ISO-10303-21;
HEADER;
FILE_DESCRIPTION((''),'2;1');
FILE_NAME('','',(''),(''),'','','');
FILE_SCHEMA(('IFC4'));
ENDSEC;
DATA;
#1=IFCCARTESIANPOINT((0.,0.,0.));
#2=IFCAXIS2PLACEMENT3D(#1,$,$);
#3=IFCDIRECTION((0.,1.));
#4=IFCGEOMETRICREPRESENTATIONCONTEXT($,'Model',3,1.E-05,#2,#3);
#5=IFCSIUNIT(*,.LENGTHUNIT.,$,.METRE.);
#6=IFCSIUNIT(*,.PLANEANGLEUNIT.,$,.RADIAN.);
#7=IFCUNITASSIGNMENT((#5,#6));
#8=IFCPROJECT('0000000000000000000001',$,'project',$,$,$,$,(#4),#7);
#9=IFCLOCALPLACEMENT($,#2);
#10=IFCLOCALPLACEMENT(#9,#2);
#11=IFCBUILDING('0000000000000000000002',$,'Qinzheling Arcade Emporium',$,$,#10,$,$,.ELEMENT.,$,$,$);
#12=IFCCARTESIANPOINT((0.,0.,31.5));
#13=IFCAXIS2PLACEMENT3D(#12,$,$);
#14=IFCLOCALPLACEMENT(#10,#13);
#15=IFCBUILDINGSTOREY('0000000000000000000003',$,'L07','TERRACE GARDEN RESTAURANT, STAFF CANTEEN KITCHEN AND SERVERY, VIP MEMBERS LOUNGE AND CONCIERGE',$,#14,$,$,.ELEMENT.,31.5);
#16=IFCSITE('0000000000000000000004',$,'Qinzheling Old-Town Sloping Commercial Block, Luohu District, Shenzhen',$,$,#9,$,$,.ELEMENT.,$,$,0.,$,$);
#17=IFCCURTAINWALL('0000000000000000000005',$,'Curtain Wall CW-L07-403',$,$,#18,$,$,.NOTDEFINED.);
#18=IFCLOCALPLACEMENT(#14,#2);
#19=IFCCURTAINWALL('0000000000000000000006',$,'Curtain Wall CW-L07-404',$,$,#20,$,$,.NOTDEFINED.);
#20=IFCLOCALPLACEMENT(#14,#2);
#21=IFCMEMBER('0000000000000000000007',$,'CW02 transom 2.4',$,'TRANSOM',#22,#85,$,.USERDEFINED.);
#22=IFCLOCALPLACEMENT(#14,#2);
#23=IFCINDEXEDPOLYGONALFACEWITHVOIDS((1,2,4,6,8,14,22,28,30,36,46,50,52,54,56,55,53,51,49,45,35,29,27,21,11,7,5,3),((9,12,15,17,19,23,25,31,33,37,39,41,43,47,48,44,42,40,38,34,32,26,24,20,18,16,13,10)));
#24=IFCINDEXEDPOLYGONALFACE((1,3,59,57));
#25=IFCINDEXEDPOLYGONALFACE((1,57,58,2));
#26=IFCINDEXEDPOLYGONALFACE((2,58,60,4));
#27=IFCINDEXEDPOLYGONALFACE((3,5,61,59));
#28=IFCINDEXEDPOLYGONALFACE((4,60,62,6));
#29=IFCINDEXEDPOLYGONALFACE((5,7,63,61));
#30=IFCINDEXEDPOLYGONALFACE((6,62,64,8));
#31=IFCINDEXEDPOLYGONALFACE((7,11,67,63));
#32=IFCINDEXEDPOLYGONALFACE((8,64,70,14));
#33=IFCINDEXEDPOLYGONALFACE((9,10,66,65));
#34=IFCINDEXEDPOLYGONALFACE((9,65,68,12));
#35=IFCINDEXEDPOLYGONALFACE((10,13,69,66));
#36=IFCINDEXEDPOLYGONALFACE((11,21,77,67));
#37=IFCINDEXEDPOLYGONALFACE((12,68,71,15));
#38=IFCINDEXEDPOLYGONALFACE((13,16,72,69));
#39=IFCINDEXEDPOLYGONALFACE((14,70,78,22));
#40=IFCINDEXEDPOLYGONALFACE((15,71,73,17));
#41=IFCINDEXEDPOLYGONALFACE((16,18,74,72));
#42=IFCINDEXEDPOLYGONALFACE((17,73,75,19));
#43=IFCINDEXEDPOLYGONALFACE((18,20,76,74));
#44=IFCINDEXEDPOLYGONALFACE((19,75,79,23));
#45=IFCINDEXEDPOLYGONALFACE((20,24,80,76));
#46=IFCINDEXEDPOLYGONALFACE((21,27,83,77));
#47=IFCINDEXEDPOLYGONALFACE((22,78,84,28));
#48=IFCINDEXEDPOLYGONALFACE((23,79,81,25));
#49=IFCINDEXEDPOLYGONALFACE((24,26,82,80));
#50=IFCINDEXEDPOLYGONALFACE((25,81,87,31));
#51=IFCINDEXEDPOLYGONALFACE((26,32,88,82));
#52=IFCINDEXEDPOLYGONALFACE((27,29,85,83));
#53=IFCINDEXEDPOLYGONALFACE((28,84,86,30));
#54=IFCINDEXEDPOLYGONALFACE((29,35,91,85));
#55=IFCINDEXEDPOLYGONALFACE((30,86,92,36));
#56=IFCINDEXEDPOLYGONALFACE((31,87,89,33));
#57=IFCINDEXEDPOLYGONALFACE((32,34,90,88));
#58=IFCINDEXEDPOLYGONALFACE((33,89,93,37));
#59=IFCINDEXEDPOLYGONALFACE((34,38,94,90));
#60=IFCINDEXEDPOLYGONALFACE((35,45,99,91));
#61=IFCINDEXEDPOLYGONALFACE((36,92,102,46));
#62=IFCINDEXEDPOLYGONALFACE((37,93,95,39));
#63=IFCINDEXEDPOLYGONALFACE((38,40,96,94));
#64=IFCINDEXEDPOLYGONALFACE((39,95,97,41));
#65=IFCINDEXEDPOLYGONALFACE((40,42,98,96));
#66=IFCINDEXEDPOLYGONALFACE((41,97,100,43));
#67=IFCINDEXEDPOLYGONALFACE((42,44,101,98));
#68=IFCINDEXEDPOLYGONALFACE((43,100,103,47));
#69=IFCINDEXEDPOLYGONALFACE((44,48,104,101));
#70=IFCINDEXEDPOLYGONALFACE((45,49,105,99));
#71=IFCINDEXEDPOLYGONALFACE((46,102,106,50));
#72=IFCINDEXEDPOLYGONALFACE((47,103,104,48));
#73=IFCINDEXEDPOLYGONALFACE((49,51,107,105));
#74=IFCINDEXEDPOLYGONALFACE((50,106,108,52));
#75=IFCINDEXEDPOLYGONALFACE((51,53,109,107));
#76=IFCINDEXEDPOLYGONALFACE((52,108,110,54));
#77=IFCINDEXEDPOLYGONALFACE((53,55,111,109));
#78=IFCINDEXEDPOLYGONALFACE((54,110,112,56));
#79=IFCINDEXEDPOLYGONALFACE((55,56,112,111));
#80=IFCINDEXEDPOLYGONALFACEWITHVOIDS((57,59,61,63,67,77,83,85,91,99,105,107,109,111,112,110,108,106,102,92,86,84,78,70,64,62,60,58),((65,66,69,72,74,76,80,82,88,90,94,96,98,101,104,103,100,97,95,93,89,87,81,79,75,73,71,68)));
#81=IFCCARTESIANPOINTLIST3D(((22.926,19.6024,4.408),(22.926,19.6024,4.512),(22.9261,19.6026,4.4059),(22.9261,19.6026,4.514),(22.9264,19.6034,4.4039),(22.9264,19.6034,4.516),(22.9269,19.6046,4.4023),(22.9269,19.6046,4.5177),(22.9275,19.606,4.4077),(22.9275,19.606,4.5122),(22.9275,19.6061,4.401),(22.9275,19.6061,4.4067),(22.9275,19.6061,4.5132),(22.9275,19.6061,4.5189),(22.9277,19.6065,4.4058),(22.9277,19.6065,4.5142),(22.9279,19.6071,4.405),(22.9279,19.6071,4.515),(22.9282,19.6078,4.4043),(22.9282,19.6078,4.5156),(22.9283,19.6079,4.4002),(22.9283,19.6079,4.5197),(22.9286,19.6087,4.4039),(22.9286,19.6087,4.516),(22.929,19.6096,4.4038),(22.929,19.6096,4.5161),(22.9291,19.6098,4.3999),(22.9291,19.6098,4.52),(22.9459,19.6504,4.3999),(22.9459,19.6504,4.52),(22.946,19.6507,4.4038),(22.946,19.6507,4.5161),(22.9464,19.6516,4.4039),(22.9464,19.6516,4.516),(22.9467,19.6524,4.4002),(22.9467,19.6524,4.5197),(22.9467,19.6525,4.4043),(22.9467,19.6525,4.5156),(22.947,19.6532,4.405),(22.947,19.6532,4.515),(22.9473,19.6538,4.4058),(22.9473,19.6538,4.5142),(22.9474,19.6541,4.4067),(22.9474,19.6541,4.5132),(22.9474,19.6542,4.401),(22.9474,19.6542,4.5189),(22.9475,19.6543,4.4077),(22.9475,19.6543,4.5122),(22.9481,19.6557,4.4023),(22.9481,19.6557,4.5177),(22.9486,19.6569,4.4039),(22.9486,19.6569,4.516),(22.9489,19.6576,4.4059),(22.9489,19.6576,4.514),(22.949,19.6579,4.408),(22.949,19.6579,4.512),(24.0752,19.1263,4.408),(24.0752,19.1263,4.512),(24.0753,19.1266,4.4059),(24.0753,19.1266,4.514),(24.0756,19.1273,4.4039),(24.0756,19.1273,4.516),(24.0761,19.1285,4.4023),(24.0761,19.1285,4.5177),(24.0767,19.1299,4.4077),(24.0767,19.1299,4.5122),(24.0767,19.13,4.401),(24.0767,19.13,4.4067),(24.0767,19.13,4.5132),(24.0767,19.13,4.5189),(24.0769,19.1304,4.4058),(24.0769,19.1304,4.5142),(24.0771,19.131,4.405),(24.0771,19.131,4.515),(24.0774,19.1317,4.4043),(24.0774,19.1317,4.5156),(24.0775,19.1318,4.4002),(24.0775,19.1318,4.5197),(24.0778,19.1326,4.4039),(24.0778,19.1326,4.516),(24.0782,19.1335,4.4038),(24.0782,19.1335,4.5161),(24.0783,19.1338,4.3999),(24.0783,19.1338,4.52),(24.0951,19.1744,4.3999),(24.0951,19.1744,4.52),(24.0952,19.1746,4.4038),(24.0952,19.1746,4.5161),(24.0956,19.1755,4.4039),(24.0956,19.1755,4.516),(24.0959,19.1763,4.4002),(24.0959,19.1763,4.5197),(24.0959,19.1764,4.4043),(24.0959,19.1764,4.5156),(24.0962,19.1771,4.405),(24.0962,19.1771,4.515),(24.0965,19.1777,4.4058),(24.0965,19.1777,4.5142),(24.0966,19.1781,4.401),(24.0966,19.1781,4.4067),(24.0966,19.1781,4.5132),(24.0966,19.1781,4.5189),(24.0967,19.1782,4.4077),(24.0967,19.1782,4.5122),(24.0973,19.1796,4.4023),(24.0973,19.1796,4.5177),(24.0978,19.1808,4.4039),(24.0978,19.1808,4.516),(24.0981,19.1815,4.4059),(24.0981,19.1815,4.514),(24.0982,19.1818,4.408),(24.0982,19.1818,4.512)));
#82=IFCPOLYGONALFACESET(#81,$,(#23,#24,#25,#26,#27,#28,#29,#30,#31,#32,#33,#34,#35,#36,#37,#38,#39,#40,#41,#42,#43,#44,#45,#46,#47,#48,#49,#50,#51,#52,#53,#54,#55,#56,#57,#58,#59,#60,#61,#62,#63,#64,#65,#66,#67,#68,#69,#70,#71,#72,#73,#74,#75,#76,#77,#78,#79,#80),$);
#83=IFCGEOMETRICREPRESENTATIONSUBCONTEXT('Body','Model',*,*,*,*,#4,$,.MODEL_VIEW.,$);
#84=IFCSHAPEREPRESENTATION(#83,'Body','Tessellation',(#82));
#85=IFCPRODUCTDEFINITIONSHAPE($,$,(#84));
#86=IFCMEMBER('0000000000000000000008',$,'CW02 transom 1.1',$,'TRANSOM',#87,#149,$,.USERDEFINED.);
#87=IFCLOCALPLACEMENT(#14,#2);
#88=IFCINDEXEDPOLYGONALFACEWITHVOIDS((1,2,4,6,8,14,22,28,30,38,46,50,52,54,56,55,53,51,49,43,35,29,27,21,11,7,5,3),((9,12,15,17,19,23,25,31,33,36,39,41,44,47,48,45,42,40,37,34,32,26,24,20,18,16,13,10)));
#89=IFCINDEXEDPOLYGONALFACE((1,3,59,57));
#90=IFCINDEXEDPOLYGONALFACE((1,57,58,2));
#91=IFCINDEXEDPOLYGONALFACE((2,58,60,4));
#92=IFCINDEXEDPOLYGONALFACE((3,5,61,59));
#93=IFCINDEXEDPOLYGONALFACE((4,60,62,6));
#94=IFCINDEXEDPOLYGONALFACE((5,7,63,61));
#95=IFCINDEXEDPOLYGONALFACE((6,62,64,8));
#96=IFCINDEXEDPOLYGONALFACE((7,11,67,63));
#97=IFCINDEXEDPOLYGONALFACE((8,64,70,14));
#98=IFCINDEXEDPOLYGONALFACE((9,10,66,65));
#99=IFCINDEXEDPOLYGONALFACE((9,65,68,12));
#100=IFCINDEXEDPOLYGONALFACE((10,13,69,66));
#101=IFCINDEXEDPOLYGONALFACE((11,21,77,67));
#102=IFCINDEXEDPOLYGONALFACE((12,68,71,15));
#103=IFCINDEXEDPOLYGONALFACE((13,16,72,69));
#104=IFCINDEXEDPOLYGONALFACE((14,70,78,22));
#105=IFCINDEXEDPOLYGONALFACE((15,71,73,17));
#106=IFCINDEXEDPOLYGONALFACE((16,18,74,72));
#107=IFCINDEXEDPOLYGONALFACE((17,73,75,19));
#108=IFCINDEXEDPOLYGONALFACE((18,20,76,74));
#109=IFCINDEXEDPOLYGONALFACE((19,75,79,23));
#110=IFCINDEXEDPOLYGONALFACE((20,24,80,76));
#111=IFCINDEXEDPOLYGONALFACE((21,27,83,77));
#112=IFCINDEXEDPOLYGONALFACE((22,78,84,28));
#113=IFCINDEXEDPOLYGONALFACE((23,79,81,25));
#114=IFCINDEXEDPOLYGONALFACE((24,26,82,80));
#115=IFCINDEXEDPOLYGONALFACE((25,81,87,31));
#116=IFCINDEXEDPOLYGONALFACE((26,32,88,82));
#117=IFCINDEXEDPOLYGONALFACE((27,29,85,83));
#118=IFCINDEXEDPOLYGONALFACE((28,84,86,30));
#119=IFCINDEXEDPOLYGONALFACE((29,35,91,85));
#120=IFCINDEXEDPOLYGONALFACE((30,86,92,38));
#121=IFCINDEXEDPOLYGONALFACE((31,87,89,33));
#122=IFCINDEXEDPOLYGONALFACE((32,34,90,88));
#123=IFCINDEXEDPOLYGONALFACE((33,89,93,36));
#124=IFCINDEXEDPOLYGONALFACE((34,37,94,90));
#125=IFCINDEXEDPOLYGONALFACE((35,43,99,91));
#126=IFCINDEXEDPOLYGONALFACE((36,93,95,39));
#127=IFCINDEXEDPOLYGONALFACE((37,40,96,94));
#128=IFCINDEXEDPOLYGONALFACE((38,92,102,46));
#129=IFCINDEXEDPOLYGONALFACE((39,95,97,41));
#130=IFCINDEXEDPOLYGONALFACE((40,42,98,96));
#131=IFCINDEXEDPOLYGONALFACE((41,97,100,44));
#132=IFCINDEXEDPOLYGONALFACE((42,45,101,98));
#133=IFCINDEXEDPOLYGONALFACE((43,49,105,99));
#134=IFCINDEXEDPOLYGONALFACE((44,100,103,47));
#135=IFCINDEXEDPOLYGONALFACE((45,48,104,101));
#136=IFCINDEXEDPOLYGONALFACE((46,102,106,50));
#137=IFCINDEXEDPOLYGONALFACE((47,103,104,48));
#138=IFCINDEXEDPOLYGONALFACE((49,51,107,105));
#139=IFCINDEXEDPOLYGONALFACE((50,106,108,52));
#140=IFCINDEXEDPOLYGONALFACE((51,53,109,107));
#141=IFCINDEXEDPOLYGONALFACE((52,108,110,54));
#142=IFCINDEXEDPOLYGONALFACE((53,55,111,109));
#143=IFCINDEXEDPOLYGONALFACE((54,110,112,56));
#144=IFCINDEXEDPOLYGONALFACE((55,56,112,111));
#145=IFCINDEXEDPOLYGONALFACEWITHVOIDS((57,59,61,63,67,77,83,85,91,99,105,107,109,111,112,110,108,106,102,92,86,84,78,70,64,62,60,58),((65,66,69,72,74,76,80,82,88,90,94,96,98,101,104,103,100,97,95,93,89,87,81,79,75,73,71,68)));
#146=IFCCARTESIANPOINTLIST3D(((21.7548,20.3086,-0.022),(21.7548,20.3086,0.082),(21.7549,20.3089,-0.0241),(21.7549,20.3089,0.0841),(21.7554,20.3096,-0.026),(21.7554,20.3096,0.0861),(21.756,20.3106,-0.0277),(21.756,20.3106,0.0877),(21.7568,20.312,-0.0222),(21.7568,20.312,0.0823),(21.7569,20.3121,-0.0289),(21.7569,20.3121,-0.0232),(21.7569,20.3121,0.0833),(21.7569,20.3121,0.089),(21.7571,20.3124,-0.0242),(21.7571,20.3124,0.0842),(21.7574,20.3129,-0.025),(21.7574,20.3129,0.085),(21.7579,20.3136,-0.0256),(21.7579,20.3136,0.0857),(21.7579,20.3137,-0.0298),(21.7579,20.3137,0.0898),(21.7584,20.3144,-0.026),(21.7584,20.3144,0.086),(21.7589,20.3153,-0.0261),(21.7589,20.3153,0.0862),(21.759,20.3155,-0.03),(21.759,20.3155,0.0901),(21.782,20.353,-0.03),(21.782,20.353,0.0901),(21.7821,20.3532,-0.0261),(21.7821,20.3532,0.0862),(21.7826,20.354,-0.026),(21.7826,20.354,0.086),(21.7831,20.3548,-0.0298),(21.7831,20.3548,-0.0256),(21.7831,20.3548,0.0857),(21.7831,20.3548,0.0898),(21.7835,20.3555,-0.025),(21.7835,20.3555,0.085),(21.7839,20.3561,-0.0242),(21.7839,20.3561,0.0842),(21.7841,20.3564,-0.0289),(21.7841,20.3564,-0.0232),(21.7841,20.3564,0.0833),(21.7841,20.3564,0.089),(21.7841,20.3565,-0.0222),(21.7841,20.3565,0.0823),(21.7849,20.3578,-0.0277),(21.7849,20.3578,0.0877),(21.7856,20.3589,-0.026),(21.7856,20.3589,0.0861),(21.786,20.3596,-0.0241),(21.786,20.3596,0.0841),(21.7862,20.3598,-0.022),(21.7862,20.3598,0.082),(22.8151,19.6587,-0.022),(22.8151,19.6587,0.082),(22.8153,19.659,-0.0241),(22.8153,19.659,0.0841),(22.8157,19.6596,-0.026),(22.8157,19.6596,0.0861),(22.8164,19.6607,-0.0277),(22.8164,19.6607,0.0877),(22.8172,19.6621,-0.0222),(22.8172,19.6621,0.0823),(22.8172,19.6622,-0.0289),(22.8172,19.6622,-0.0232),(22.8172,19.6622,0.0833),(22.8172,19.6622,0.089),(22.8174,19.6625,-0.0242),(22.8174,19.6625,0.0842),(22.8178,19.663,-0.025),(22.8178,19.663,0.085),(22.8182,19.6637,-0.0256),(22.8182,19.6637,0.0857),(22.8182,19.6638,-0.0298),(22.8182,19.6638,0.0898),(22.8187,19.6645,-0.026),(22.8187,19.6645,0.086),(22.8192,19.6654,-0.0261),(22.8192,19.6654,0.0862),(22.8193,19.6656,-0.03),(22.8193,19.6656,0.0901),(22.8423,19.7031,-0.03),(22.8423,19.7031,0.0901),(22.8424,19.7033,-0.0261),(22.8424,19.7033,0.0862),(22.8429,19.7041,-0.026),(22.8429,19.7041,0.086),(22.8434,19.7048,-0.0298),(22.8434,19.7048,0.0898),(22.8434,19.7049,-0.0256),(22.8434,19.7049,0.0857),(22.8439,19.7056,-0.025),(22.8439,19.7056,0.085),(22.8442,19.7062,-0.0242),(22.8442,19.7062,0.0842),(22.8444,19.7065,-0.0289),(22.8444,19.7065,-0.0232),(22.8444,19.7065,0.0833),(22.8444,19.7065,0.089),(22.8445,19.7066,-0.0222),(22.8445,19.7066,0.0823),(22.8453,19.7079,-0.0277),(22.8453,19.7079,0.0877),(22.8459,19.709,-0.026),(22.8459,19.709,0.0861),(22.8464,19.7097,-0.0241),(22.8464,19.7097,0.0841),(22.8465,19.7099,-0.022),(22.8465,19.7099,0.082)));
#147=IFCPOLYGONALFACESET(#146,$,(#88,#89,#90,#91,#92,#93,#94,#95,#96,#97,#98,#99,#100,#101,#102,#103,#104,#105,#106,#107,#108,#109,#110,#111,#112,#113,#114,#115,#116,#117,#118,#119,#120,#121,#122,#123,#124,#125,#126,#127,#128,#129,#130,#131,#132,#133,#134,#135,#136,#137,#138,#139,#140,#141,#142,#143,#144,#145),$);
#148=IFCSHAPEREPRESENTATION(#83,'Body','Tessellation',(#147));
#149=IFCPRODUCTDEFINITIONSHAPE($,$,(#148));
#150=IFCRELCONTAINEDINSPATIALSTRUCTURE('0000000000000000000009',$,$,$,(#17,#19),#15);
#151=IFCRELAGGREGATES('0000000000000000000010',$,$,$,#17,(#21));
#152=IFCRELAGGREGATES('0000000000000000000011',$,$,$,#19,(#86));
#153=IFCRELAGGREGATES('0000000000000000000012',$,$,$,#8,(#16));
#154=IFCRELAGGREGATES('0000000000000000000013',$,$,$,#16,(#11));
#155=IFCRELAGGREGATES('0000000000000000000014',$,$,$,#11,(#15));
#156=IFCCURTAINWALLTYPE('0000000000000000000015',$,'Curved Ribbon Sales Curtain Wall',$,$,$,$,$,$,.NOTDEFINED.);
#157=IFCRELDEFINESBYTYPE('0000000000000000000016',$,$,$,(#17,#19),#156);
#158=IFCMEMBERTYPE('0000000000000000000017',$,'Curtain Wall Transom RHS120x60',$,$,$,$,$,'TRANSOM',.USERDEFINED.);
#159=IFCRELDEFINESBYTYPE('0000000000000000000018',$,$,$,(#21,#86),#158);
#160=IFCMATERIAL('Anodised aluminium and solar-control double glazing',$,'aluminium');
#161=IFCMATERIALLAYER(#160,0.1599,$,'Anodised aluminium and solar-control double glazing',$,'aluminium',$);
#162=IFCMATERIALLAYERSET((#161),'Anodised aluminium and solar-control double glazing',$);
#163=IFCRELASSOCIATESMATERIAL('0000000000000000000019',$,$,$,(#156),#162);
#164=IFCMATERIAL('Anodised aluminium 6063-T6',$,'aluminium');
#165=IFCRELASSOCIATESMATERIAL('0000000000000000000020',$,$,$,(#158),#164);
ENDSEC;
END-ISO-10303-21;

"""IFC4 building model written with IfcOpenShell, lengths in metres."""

from ifc_helpers import new_model, si_unit, direction, frame, origin, origin_2d, place, context, subcontext, project, spatial, hollow_rectangle, extrude, material, layer, layer_set, material_profile, profile_set, type_object, element, aggregate, save


model = new_model("IFC4")

# Units and contexts
model_context = context("Model", 3, precision=1e-05, world=origin(), true_north=direction((0.0, 1.0)))
body_context = subcontext(model_context, "Body", "Model", "MODEL_VIEW")
ifc_project = project(units=[si_unit("LENGTHUNIT", "METRE"), si_unit("PLANEANGLEUNIT", "RADIAN")], contexts=[model_context])

# Site, building, storey
site_placement = place(None, origin())
site = spatial("IfcSite", under=ifc_project, at=site_placement, Name="Qinzheling Old-Town Sloping Commercial Block, Luohu District, Shenzhen", CompositionType="ELEMENT", RefElevation=0.0)
building_placement = place(site_placement, origin())
building = spatial("IfcBuilding", under=site, at=building_placement, Name="Qinzheling Arcade Emporium", CompositionType="ELEMENT")
storey_placement = place(building_placement, frame((0.0, 0.0, 31.5)))
storey = spatial("IfcBuildingStorey", under=building, at=storey_placement, Name="L07", Description="TERRACE GARDEN RESTAURANT, STAFF CANTEEN KITCHEN AND SERVERY, VIP MEMBERS LOUNGE AND CONCIERGE", CompositionType="ELEMENT", Elevation=31.5)

# Curtain walls
ifc_material_1 = material(Name="Anodised aluminium and solar-control double glazing", Category="aluminium")
ifc_layer_1 = layer(ifc_material_1, 0.1599, Name="Anodised aluminium and solar-control double glazing", Category="aluminium")
ifc_layer_set_1 = layer_set([ifc_layer_1], Name="Anodised aluminium and solar-control double glazing")
curtain_wall_type = type_object("IfcCurtainWallType", Name="Curved Ribbon Sales Curtain Wall", PredefinedType="NOTDEFINED", material=ifc_layer_set_1)
curtain_wall_1_placement = place(storey_placement, origin())
curtain_wall_1 = element("IfcCurtainWall", 1, at=curtain_wall_1_placement, inside=storey, type_object=curtain_wall_type, Name="Curtain Wall CW-L07-403", PredefinedType="NOTDEFINED")
ifc_material_2 = material(Name="Anodised aluminium 6063-T6", Category="aluminium")
curtain_wall_2_placement = place(storey_placement, origin())
curtain_wall_2 = element("IfcCurtainWall", 2, at=curtain_wall_2_placement, inside=storey, type_object=curtain_wall_type, Name="Curtain Wall CW-L07-404", PredefinedType="NOTDEFINED")

# Members
ifc_material_profile_1 = material_profile(ifc_material_2, hollow_rectangle(XDim=0.0601, YDim=0.1201, WallThickness=0.0039, InnerFilletRadius=0.0039, OuterFilletRadius=0.0081, at=origin_2d()), Name="RHS 120x60x4", Category="aluminium")
ifc_profile_set_1 = profile_set([ifc_material_profile_1], Name="Anodised aluminium 6063-T6")
member_type_1 = type_object("IfcMemberType", Name="Curtain Wall Transom RHS120x60", ElementType="TRANSOM", PredefinedType="USERDEFINED", material=ifc_profile_set_1)
member_1_placement = place(storey_placement, frame((24.0867, 19.1541, 4.46), z_axis=(-0.923859, 0.382733, 0.0), x_axis=(-0.382733, -0.923859, 0.0)))
member_1 = element("IfcMember", 3, at=member_1_placement, type_object=member_type_1, Name="CW02 transom 2.4", ObjectType="TRANSOM", PredefinedType="USERDEFINED", context=body_context, shape_type="SweptSolid", body=[
    extrude(hollow_rectangle(XDim=0.0601, YDim=0.1201, WallThickness=0.0039, InnerFilletRadius=0.0039, OuterFilletRadius=0.0081, at=origin_2d()), origin(), (0.0, 0.0, 1.0), 1.2439),
])
member_2_placement = place(storey_placement, frame((22.8308, 19.6843, 0.03), z_axis=(-0.852587, 0.522585, 0.0), x_axis=(-0.522585, -0.852587, 0.0)))
member_2 = element("IfcMember", 4, at=member_2_placement, type_object=member_type_1, Name="CW02 transom 1.1", ObjectType="TRANSOM", PredefinedType="USERDEFINED", context=body_context, shape_type="SweptSolid", body=[
    extrude(hollow_rectangle(XDim=0.0601, YDim=0.1201, WallThickness=0.0039, InnerFilletRadius=0.0039, OuterFilletRadius=0.0081, at=origin_2d()), origin(), (0.0, 0.0, 1.0), 1.2437),
])

aggregate(curtain_wall_1, [member_1])
aggregate(curtain_wall_2, [member_2])

save(model, "model.ifc")
